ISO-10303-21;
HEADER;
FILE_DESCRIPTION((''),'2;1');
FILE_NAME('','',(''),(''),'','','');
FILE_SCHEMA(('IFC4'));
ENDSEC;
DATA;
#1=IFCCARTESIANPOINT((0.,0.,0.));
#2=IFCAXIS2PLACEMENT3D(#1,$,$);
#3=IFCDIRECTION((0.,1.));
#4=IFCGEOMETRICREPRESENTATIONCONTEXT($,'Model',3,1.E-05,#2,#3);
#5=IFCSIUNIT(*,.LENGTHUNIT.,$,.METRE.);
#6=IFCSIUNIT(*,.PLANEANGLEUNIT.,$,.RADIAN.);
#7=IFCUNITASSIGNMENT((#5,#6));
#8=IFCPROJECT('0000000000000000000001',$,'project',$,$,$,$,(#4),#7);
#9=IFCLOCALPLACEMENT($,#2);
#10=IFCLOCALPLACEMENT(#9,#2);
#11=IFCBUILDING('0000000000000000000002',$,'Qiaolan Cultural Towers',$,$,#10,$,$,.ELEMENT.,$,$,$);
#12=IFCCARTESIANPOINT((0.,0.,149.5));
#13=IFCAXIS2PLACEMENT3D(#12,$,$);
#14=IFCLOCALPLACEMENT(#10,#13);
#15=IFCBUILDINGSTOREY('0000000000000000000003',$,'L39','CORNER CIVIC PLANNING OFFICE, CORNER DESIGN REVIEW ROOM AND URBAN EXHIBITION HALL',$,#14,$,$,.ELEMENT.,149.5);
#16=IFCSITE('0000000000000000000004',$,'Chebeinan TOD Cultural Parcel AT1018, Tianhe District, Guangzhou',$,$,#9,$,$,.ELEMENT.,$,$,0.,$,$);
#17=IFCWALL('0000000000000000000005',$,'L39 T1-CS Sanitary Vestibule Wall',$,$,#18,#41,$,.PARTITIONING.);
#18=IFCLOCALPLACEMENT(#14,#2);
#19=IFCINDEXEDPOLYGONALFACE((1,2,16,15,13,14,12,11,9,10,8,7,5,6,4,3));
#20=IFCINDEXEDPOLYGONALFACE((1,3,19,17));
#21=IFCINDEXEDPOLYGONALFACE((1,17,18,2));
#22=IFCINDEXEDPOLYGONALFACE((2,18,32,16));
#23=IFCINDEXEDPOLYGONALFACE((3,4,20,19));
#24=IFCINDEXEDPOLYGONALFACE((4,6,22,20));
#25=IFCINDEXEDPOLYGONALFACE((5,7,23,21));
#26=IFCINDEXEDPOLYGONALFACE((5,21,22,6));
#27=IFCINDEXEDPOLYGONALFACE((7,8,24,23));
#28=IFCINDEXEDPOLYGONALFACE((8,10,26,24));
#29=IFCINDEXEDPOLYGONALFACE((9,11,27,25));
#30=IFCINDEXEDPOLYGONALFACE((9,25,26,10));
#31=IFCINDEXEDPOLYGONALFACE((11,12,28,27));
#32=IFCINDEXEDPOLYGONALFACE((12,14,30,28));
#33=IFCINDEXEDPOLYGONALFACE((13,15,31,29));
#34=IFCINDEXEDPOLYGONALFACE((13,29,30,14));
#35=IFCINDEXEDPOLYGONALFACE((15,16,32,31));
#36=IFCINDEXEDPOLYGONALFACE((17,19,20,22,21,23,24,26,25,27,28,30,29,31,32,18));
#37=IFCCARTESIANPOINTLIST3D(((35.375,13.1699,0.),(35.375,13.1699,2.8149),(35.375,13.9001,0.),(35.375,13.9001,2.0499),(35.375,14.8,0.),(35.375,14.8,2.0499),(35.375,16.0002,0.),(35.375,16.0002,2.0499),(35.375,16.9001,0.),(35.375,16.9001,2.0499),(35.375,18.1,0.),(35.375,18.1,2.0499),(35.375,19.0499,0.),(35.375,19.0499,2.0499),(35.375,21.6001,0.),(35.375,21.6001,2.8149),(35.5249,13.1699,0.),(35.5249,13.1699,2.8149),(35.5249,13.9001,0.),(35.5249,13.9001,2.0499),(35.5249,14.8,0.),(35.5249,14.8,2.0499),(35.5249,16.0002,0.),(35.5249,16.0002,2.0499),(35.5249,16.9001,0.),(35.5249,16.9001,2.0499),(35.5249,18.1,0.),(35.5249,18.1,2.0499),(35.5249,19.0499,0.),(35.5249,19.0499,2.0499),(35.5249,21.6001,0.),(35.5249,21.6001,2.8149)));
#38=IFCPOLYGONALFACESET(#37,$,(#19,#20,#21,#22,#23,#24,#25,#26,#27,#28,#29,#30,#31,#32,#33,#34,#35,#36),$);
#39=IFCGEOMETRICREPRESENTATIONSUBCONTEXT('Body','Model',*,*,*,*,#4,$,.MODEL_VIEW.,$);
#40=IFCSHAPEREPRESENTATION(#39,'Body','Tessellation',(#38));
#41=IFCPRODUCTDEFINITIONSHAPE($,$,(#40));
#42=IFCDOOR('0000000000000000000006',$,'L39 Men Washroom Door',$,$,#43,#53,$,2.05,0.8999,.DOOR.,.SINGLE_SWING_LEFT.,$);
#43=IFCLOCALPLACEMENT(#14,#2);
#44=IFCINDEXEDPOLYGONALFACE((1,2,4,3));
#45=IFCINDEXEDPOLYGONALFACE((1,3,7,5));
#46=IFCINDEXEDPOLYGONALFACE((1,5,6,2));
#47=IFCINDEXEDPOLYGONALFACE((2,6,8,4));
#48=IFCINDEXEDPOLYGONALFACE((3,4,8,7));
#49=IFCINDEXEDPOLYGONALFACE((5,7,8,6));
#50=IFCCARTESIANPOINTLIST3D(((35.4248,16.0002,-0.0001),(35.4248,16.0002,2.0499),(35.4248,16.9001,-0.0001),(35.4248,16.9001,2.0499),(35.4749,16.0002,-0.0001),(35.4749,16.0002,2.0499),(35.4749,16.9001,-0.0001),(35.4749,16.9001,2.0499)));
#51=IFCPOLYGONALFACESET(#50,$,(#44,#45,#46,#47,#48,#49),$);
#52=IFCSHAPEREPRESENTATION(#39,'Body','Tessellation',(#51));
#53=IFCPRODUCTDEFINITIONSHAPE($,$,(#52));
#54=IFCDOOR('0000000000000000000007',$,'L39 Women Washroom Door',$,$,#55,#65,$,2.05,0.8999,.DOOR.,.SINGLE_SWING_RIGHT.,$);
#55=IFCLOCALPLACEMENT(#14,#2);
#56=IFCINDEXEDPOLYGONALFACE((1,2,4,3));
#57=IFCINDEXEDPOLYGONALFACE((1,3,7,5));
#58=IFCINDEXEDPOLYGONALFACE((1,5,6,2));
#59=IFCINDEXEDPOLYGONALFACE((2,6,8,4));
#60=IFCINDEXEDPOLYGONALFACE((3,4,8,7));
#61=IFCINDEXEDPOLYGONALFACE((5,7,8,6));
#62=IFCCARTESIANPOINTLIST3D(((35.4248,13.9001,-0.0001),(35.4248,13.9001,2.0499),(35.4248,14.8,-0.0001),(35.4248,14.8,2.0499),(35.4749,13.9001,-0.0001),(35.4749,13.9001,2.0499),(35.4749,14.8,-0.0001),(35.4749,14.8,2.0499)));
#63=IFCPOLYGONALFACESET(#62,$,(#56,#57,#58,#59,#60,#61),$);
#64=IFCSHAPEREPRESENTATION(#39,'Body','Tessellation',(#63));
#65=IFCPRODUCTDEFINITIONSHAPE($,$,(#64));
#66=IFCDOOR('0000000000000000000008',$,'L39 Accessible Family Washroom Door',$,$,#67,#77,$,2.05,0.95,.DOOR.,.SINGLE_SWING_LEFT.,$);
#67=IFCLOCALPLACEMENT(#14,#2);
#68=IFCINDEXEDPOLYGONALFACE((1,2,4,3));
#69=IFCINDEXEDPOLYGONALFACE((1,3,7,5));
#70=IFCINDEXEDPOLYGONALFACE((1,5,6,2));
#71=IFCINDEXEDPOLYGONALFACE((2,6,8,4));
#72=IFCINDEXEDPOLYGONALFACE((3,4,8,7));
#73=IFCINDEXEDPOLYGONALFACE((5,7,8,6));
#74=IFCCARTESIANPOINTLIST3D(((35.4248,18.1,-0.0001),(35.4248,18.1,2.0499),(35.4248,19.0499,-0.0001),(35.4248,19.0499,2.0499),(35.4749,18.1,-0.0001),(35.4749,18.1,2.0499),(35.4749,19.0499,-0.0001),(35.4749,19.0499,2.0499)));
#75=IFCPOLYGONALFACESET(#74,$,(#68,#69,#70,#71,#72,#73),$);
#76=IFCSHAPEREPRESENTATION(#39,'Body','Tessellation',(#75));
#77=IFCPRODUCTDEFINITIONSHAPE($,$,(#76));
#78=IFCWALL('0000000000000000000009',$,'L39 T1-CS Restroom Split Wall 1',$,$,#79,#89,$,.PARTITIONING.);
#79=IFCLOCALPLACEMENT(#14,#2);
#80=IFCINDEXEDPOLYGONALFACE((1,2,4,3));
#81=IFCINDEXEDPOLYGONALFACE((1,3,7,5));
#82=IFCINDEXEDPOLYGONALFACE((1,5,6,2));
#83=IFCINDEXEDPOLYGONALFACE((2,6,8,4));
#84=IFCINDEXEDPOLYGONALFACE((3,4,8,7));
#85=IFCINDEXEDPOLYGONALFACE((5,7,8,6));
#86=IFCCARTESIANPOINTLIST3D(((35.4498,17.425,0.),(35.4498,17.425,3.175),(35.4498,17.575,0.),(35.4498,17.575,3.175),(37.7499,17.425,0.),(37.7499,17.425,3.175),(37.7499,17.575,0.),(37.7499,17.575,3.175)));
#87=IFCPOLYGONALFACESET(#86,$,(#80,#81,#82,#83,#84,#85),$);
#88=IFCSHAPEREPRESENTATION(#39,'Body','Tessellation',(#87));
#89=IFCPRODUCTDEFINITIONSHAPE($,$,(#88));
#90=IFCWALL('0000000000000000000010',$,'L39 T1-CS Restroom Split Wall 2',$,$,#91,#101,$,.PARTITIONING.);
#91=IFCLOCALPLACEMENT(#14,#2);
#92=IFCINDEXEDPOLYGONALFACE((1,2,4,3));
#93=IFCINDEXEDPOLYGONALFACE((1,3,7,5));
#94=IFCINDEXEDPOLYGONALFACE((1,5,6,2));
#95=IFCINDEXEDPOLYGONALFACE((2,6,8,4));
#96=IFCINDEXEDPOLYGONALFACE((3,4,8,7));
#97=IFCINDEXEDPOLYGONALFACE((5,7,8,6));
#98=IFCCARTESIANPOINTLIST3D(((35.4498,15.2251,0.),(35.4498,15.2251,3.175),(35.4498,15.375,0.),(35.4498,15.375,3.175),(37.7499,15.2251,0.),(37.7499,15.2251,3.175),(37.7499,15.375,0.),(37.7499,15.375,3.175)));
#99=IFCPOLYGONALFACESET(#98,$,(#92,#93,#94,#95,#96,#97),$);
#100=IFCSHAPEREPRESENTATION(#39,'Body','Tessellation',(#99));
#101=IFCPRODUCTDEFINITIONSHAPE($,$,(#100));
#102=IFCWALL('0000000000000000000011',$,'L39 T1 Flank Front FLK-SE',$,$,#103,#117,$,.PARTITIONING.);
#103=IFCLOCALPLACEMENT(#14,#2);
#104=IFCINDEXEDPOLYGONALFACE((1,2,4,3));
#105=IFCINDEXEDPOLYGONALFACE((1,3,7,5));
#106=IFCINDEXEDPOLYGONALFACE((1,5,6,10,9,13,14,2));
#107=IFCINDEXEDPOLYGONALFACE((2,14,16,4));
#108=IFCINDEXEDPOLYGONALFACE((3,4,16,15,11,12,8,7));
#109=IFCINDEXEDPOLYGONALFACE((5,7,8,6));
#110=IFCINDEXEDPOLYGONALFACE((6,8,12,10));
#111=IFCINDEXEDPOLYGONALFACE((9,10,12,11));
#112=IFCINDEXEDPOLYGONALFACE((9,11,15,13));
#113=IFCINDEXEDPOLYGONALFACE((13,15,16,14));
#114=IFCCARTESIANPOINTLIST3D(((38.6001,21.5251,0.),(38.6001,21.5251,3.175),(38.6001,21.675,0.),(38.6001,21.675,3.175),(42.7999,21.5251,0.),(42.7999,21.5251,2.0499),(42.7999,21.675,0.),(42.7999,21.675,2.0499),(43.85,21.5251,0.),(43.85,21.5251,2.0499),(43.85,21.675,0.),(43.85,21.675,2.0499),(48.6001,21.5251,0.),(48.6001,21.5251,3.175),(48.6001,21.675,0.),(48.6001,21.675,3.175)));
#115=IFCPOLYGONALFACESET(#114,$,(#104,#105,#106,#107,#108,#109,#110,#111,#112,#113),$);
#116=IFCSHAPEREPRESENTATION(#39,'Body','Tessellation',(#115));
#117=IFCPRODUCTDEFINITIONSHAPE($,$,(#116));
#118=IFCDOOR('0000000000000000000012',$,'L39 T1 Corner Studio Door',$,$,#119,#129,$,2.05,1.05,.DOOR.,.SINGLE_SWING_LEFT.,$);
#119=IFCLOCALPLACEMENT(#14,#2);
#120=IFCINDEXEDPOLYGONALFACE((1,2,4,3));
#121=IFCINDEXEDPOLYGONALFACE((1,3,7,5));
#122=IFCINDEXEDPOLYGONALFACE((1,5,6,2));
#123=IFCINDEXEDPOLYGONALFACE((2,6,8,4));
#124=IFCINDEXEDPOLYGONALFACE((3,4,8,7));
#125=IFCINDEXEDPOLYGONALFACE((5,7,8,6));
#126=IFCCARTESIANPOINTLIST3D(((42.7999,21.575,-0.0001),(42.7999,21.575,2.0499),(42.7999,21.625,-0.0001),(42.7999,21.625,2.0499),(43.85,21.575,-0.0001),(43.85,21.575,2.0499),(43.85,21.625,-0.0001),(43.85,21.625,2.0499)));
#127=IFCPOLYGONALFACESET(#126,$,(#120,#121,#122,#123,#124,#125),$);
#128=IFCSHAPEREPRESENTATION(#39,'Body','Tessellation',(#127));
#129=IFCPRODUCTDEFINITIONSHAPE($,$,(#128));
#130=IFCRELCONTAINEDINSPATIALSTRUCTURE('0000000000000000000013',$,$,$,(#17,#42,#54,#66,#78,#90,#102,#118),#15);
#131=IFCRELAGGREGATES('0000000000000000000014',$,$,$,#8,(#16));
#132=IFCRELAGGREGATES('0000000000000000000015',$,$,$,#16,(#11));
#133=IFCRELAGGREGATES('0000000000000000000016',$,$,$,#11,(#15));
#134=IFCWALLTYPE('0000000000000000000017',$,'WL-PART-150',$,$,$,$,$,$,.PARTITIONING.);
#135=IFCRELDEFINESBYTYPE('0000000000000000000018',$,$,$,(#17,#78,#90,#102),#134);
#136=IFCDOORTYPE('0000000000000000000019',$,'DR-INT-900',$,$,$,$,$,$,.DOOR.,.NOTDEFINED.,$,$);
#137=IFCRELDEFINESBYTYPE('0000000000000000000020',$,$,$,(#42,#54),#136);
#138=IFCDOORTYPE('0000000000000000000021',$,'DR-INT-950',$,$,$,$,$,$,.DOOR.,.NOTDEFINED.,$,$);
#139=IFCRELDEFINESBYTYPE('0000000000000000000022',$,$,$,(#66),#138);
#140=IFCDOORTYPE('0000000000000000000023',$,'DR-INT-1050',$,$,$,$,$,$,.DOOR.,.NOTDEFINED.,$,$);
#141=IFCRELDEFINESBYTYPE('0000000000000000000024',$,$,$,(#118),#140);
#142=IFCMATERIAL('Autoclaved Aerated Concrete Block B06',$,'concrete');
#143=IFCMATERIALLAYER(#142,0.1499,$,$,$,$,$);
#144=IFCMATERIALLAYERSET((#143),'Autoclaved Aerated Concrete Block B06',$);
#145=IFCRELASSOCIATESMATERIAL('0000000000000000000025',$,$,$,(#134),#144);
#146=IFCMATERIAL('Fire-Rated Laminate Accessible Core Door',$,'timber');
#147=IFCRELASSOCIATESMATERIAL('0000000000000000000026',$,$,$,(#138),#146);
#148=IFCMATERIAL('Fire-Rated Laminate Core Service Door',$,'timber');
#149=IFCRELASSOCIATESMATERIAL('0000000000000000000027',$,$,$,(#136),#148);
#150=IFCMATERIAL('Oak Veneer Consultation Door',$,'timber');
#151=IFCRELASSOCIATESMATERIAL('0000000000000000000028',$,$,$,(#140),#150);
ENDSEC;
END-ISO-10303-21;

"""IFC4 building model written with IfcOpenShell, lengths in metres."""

from ifc_helpers import new_model, si_unit, direction, frame, frame_2d, origin, place, context, subcontext, project, spatial, rectangle, extrude, material, layer, layer_set, type_object, element, fill, save


model = new_model("IFC4")

# Units and contexts
model_context = context("Model", 3, precision=1e-05, world=origin(), true_north=direction((0.0, 1.0)))
body_context = subcontext(model_context, "Body", "Model", "MODEL_VIEW")
ifc_project = project(units=[si_unit("LENGTHUNIT", "METRE"), si_unit("PLANEANGLEUNIT", "RADIAN")], contexts=[model_context])

# Site, building, storey
site_placement = place(None, origin())
site = spatial("IfcSite", under=ifc_project, at=site_placement, Name="Chebeinan TOD Cultural Parcel AT1018, Tianhe District, Guangzhou", CompositionType="ELEMENT", RefElevation=0.0)
building_placement = place(site_placement, origin())
building = spatial("IfcBuilding", under=site, at=building_placement, Name="Qiaolan Cultural Towers", CompositionType="ELEMENT")
storey_placement = place(building_placement, frame((0.0, 0.0, 149.5)))
storey = spatial("IfcBuildingStorey", under=building, at=storey_placement, Name="L39", Description="CORNER CIVIC PLANNING OFFICE, CORNER DESIGN REVIEW ROOM AND URBAN EXHIBITION HALL", CompositionType="ELEMENT", Elevation=149.5)

# Shared definitions
ifc_material_1 = material(Name="Autoclaved Aerated Concrete Block B06", Category="concrete")
ifc_layer_1 = layer(ifc_material_1, 0.1499)
ifc_layer_set_1 = layer_set([ifc_layer_1], Name="Autoclaved Aerated Concrete Block B06")
wall_type_1 = type_object("IfcWallType", Name="WL-PART-150", PredefinedType="PARTITIONING", material=ifc_layer_set_1)
ifc_material_2 = material(Name="Fire-Rated Laminate Accessible Core Door", Category="timber")
door_type_1 = type_object("IfcDoorType", Name="DR-INT-950", OperationType="NOTDEFINED", PredefinedType="DOOR", material=ifc_material_2)

# Wall, openings, doors
wall_1_placement = place(storey_placement, frame((35.45, 21.6001, 0.0), z_axis=(0.0, 0.0, 1.0), x_axis=(0.0, -1.0, 0.0)))
wall_1 = element("IfcWall", 1, at=wall_1_placement, inside=storey, type_object=wall_type_1, Name="L39 T1-CS Sanitary Vestibule Wall", PredefinedType="PARTITIONING", context=body_context, shape_type="SweptSolid", body=[
    extrude(rectangle(XDim=8.4302, YDim=0.1499, at=frame_2d((4.2151, 0.0))), origin(), (0.0, 0.0, 1.0), 2.8149),
])
opening_1_placement = place(wall_1_placement, frame((2.55, 0.0, 0.0)))
opening_1 = element("IfcOpeningElement", 2, at=opening_1_placement, cuts=wall_1, PredefinedType="OPENING", context=body_context, shape_type="SweptSolid", body=[
    extrude(rectangle(XDim=0.95, YDim=2.05, at=frame_2d((0.4751, 1.0249))), frame((0.0, 0.085, 0.0), z_axis=(0.0, -1.0, 0.0), x_axis=(1.0, 0.0, 0.0)), (0.0, 0.0, 1.0), 0.1699),
])
opening_2_placement = place(wall_1_placement, frame((4.7, 0.0, 0.0)))
opening_2 = element("IfcOpeningElement", 3, at=opening_2_placement, cuts=wall_1, PredefinedType="OPENING", context=body_context, shape_type="SweptSolid", body=[
    extrude(rectangle(XDim=0.8999, YDim=2.05, at=frame_2d((0.45, 1.0249))), frame((0.0, 0.085, 0.0), z_axis=(0.0, -1.0, 0.0), x_axis=(1.0, 0.0, 0.0)), (0.0, 0.0, 1.0), 0.1699),
])
opening_3_placement = place(wall_1_placement, frame((6.8, 0.0, 0.0)))
opening_3 = element("IfcOpeningElement", 4, at=opening_3_placement, cuts=wall_1, PredefinedType="OPENING", context=body_context, shape_type="SweptSolid", body=[
    extrude(rectangle(XDim=0.8999, YDim=2.05, at=frame_2d((0.45, 1.0249))), frame((0.0, 0.085, 0.0), z_axis=(0.0, -1.0, 0.0), x_axis=(1.0, 0.0, 0.0)), (0.0, 0.0, 1.0), 0.1699),
])
ifc_material_3 = material(Name="Fire-Rated Laminate Core Service Door", Category="timber")
door_type_2 = type_object("IfcDoorType", Name="DR-INT-900", OperationType="NOTDEFINED", PredefinedType="DOOR", material=ifc_material_3)
door_1_placement = place(opening_2_placement, origin())
door_1 = element("IfcDoor", 5, at=door_1_placement, inside=storey, type_object=door_type_2, Name="L39 Men Washroom Door", OperationType="SINGLE_SWING_LEFT", OverallHeight=2.05, OverallWidth=0.8999, PredefinedType="DOOR", context=body_context, shape_type="SweptSolid", body=[
    extrude(rectangle(XDim=0.8999, YDim=2.05, at=frame_2d((0.45, 1.0249))), frame((0.0, 0.0249, 0.0), z_axis=(0.0, -1.0, 0.0), x_axis=(1.0, 0.0, 0.0)), (0.0, 0.0, 1.0), 0.05),
])
fill(opening_2, door_1)
door_2_placement = place(opening_3_placement, origin())
door_2 = element("IfcDoor", 6, at=door_2_placement, inside=storey, type_object=door_type_2, Name="L39 Women Washroom Door", OperationType="SINGLE_SWING_RIGHT", OverallHeight=2.05, OverallWidth=0.8999, PredefinedType="DOOR", context=body_context, shape_type="SweptSolid", body=[
    extrude(rectangle(XDim=0.8999, YDim=2.05, at=frame_2d((0.45, 1.0249))), frame((0.0, 0.0249, 0.0), z_axis=(0.0, -1.0, 0.0), x_axis=(1.0, 0.0, 0.0)), (0.0, 0.0, 1.0), 0.05),
])
fill(opening_3, door_2)
door_3_placement = place(opening_1_placement, origin())
door_3 = element("IfcDoor", 7, at=door_3_placement, inside=storey, type_object=door_type_1, Name="L39 Accessible Family Washroom Door", OperationType="SINGLE_SWING_LEFT", OverallHeight=2.05, OverallWidth=0.95, PredefinedType="DOOR", context=body_context, shape_type="SweptSolid", body=[
    extrude(rectangle(XDim=0.95, YDim=2.05, at=frame_2d((0.4751, 1.0249))), frame((0.0, 0.0249, 0.0), z_axis=(0.0, -1.0, 0.0), x_axis=(1.0, 0.0, 0.0)), (0.0, 0.0, 1.0), 0.05),
])
fill(opening_1, door_3)

# Walls
for number, where, z_axis, x_axis, name in (
    (8, (35.45, 17.5, 0.0), (0.0, 0.0, 1.0), (1.0, 0.0, 0.0), "L39 T1-CS Restroom Split Wall 1"),
    (9, (35.45, 15.3, 0.0), (0.0, 0.0, 1.0), (1.0, 0.0, 0.0), "L39 T1-CS Restroom Split Wall 2"),
):
    element("IfcWall", number, at=place(storey_placement, frame(where, z_axis=z_axis, x_axis=x_axis)), inside=storey, type_object=wall_type_1, Name=name, PredefinedType="PARTITIONING", context=body_context, shape_type="SweptSolid", body=[
        extrude(rectangle(XDim=2.3, YDim=0.1499, at=frame_2d((1.1499, 0.0))), origin(), (0.0, 0.0, 1.0), 3.175),
    ])

# Wall, opening, door
wall_2_placement = place(storey_placement, frame((38.6001, 21.6001, 0.0), z_axis=(0.0, 0.0, 1.0), x_axis=(1.0, 0.0, 0.0)))
wall_2 = element("IfcWall", 10, at=wall_2_placement, inside=storey, type_object=wall_type_1, Name="L39 T1 Flank Front FLK-SE", PredefinedType="PARTITIONING", context=body_context, shape_type="SweptSolid", body=[
    extrude(rectangle(XDim=10.0, YDim=0.1499, at=frame_2d((5.0, 0.0))), origin(), (0.0, 0.0, 1.0), 3.175),
])
opening_4_placement = place(wall_2_placement, frame((4.2, 0.0, 0.0)))
opening_4 = element("IfcOpeningElement", 11, at=opening_4_placement, cuts=wall_2, PredefinedType="OPENING", context=body_context, shape_type="SweptSolid", body=[
    extrude(rectangle(XDim=1.05, YDim=2.05, at=frame_2d((0.5249, 1.0249))), frame((0.0, 0.085, 0.0), z_axis=(0.0, -1.0, 0.0), x_axis=(1.0, 0.0, 0.0)), (0.0, 0.0, 1.0), 0.1699),
])
ifc_material_4 = material(Name="Oak Veneer Consultation Door", Category="timber")
door_type_3 = type_object("IfcDoorType", Name="DR-INT-1050", OperationType="NOTDEFINED", PredefinedType="DOOR", material=ifc_material_4)
door_4_placement = place(opening_4_placement, origin())
door_4 = element("IfcDoor", 12, at=door_4_placement, inside=storey, type_object=door_type_3, Name="L39 T1 Corner Studio Door", OperationType="SINGLE_SWING_LEFT", OverallHeight=2.05, OverallWidth=1.05, PredefinedType="DOOR", context=body_context, shape_type="SweptSolid", body=[
    extrude(rectangle(XDim=1.05, YDim=2.05, at=frame_2d((0.5249, 1.0249))), frame((0.0, 0.0249, 0.0), z_axis=(0.0, -1.0, 0.0), x_axis=(1.0, 0.0, 0.0)), (0.0, 0.0, 1.0), 0.05),
])
fill(opening_4, door_4)

save(model, "model.ifc")
